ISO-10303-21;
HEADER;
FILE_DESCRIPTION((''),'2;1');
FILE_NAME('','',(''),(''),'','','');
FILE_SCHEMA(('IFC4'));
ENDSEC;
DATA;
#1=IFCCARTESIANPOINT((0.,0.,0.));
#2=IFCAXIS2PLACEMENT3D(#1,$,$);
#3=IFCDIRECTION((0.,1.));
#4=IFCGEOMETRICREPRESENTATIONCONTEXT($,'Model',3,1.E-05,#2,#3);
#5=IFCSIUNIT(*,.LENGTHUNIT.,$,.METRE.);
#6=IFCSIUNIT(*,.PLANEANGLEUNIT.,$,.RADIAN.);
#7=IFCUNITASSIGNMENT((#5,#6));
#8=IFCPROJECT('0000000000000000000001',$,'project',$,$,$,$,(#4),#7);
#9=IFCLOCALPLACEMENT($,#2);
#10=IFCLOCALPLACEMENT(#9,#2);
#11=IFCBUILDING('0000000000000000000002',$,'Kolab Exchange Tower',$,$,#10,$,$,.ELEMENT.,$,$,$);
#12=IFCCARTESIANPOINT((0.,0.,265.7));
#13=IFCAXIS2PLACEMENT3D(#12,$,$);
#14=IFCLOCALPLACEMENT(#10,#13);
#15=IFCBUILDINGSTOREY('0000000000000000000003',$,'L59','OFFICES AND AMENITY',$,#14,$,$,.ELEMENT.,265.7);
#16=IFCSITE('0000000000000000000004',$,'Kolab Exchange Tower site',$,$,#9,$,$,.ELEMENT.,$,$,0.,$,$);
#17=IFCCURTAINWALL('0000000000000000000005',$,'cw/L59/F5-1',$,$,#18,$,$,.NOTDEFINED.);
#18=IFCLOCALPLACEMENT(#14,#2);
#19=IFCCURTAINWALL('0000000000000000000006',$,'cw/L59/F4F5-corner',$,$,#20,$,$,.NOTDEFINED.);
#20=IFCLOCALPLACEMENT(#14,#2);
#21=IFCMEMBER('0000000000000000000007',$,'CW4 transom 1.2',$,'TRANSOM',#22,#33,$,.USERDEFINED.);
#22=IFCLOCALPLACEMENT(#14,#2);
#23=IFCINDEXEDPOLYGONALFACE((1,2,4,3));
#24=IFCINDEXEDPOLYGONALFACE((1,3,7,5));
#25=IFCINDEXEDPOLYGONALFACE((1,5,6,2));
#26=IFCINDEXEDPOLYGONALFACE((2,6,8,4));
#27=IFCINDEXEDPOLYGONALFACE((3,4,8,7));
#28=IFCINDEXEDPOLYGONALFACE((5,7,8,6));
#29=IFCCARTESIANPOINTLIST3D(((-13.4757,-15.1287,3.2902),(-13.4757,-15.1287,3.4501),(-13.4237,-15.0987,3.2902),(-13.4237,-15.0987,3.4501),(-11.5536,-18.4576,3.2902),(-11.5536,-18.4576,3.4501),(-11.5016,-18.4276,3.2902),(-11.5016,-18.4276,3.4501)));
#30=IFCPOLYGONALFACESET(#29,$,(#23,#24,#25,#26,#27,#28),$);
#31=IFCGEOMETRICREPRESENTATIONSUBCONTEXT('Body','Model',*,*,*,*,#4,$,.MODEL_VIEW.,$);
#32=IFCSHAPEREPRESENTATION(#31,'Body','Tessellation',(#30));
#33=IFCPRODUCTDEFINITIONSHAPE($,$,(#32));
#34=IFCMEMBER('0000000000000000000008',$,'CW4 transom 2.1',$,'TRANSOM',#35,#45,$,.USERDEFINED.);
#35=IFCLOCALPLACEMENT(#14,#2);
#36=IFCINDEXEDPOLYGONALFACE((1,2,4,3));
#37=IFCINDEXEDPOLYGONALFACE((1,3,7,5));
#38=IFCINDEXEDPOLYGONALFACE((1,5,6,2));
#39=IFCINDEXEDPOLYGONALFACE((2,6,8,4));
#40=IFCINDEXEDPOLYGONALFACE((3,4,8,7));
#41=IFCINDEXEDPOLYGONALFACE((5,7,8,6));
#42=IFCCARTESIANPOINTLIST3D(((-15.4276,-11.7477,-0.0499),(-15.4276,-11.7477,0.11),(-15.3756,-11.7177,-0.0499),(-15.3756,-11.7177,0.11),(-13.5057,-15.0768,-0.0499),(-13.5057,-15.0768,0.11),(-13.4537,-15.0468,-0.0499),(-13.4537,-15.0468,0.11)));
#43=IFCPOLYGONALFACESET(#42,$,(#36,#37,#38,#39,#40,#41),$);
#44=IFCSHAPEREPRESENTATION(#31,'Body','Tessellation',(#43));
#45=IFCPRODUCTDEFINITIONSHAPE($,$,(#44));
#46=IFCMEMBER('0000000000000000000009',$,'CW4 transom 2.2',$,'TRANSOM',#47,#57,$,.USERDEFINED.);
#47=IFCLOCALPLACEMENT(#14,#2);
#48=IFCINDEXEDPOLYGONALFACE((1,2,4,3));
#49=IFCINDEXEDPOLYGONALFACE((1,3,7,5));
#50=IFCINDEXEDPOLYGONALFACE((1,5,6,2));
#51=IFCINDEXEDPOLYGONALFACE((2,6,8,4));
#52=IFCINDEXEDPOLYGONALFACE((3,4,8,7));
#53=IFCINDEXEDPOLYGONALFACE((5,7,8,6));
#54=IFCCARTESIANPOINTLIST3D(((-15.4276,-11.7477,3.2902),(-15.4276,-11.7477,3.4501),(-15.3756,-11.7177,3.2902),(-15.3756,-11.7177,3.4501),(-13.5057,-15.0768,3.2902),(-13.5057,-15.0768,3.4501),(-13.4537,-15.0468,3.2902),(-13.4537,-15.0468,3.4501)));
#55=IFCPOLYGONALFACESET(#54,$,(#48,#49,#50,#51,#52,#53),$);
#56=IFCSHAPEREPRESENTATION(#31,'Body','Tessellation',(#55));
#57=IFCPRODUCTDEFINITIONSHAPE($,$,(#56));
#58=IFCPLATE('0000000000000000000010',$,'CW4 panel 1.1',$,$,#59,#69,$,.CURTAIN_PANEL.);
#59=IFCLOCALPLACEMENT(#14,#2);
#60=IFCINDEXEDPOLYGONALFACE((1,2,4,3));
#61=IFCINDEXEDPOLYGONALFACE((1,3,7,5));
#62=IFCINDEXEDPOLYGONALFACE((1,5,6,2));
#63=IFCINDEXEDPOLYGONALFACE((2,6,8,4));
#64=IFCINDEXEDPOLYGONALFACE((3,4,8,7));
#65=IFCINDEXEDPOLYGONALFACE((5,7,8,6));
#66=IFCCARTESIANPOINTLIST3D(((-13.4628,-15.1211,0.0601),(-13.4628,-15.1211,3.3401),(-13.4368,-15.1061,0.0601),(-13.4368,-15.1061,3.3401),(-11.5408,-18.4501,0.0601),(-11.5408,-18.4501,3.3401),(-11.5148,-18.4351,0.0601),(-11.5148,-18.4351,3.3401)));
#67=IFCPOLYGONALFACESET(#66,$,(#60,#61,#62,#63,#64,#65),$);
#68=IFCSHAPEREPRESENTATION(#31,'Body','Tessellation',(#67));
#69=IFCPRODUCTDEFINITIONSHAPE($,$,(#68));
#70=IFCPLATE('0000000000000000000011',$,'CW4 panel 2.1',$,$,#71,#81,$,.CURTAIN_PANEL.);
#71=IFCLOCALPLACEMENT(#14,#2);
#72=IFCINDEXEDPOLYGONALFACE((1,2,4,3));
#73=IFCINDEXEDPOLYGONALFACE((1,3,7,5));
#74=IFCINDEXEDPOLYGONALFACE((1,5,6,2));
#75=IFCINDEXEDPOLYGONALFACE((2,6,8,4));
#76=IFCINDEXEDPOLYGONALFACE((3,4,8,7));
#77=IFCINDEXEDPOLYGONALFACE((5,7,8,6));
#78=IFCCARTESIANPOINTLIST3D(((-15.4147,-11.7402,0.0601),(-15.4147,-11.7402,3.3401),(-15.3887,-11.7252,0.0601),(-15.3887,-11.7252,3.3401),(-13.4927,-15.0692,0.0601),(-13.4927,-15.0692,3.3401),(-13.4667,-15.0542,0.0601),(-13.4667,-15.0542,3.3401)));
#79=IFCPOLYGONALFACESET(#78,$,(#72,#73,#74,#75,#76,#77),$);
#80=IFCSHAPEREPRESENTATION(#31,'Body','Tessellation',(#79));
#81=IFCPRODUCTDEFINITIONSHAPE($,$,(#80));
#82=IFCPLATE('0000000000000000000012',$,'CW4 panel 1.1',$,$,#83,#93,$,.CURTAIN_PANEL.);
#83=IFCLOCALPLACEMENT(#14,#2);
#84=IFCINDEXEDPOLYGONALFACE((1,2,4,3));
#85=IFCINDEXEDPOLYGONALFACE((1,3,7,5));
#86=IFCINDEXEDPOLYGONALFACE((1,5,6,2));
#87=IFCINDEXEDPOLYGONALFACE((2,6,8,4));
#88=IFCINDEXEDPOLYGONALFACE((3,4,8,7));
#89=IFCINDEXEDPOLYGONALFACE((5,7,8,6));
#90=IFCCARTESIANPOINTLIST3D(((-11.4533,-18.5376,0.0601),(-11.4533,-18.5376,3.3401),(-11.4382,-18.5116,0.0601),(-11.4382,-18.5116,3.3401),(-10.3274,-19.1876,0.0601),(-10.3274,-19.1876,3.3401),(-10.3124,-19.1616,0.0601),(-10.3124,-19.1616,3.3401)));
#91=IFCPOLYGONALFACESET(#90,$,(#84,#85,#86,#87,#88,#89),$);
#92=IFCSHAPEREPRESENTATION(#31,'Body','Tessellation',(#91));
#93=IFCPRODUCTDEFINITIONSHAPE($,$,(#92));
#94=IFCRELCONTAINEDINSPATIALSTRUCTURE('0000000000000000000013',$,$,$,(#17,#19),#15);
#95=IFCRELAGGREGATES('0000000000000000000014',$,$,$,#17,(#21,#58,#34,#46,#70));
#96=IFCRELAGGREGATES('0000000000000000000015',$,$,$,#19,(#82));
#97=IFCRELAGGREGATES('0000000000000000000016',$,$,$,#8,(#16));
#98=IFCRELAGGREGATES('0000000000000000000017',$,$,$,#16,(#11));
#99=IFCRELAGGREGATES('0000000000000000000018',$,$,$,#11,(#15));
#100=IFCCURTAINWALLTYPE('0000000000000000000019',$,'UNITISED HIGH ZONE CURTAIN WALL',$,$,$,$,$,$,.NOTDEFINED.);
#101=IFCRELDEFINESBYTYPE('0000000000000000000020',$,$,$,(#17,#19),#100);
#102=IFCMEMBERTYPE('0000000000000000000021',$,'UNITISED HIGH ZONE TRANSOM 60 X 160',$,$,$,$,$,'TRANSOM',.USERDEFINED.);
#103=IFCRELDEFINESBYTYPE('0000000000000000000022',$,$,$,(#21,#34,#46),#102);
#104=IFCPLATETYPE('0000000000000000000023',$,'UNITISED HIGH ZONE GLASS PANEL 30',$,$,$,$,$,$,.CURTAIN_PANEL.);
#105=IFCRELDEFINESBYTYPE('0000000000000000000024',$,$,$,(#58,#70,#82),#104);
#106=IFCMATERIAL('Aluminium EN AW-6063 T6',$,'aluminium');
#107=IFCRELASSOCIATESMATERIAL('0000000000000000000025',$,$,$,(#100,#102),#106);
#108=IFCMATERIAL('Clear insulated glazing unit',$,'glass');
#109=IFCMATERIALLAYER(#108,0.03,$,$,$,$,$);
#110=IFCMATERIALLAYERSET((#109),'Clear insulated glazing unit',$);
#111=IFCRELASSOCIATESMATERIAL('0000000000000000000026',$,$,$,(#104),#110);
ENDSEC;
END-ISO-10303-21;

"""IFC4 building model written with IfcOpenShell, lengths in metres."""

from ifc_helpers import new_model, si_unit, direction, frame, origin, origin_2d, place, context, subcontext, project, spatial, rectangle, extrude, material, layer, layer_set, material_profile, profile_set, type_object, element, aggregate, save


model = new_model("IFC4")

# Units and contexts
model_context = context("Model", 3, precision=1e-05, world=origin(), true_north=direction((0.0, 1.0)))
body_context = subcontext(model_context, "Body", "Model", "MODEL_VIEW")
ifc_project = project(units=[si_unit("LENGTHUNIT", "METRE"), si_unit("PLANEANGLEUNIT", "RADIAN")], contexts=[model_context])

# Site, building, storey
site_placement = place(None, origin())
site = spatial("IfcSite", under=ifc_project, at=site_placement, Name="Kolab Exchange Tower site", CompositionType="ELEMENT", RefElevation=0.0)
building_placement = place(site_placement, origin())
building = spatial("IfcBuilding", under=site, at=building_placement, Name="Kolab Exchange Tower", CompositionType="ELEMENT")
storey_placement = place(building_placement, frame((0.0, 0.0, 265.7)))
storey = spatial("IfcBuildingStorey", under=building, at=storey_placement, Name="L59", Description="OFFICES AND AMENITY", CompositionType="ELEMENT", Elevation=265.7)

# Curtain wall
ifc_material_1 = material(Name="Aluminium EN AW-6063 T6", Category="aluminium")
curtain_wall_type = type_object("IfcCurtainWallType", Name="UNITISED HIGH ZONE CURTAIN WALL", PredefinedType="NOTDEFINED", material=ifc_material_1)
curtain_wall_1_placement = place(storey_placement, origin())
curtain_wall_1 = element("IfcCurtainWall", 1, at=curtain_wall_1_placement, inside=storey, type_object=curtain_wall_type, Name="cw/L59/F5-1", PredefinedType="NOTDEFINED")

# Curtain wall
curtain_wall_2_placement = place(storey_placement, origin())
curtain_wall_2 = element("IfcCurtainWall", 2, at=curtain_wall_2_placement, inside=storey, type_object=curtain_wall_type, Name="cw/L59/F4F5-corner", PredefinedType="NOTDEFINED")

# Members
ifc_material_profile_1 = material_profile(ifc_material_1, rectangle(XDim=0.0601, YDim=0.1599, at=origin_2d()), Name="RECT 60X160")
ifc_profile_set_1 = profile_set([ifc_material_profile_1], Name="Aluminium EN AW-6063 T6")
member_type_1 = type_object("IfcMemberType", Name="UNITISED HIGH ZONE TRANSOM 60 X 160", ElementType="TRANSOM", PredefinedType="USERDEFINED", material=ifc_profile_set_1)
member_1_placement = place(storey_placement, frame((-11.5276, -18.4426, 3.3701), z_axis=(-0.500039, 0.866003, 0.0), x_axis=(-0.866003, -0.500039, 0.0)))
member_1 = element("IfcMember", 3, at=member_1_placement, type_object=member_type_1, Name="CW4 transom 1.2", ObjectType="TRANSOM", PredefinedType="USERDEFINED", context=body_context, shape_type="SweptSolid", body=[
    extrude(rectangle(XDim=0.0601, YDim=0.1599, at=origin_2d()), origin(), (0.0, 0.0, 1.0), 3.844),
])
member_2_placement = place(storey_placement, frame((-13.4797, -15.0618, 0.03), z_axis=(-0.499964, 0.866046, 0.0), x_axis=(-0.866046, -0.499964, 0.0)))
member_2 = element("IfcMember", 4, at=member_2_placement, type_object=member_type_1, Name="CW4 transom 2.1", ObjectType="TRANSOM", PredefinedType="USERDEFINED", context=body_context, shape_type="SweptSolid", body=[
    extrude(rectangle(XDim=0.0601, YDim=0.1599, at=origin_2d()), origin(), (0.0, 0.0, 1.0), 3.844),
])
member_3_placement = place(storey_placement, frame((-13.4797, -15.0618, 3.3701), z_axis=(-0.499964, 0.866046, 0.0), x_axis=(-0.866046, -0.499964, 0.0)))
member_3 = element("IfcMember", 5, at=member_3_placement, type_object=member_type_1, Name="CW4 transom 2.2", ObjectType="TRANSOM", PredefinedType="USERDEFINED", context=body_context, shape_type="SweptSolid", body=[
    extrude(rectangle(XDim=0.0601, YDim=0.1599, at=origin_2d()), origin(), (0.0, 0.0, 1.0), 3.844),
])

# Plates
ifc_material_2 = material(Name="Clear insulated glazing unit", Category="glass")
ifc_layer_1 = layer(ifc_material_2, 0.03)
ifc_layer_set_1 = layer_set([ifc_layer_1], Name="Clear insulated glazing unit")
plate_type = type_object("IfcPlateType", Name="UNITISED HIGH ZONE GLASS PANEL 30", PredefinedType="CURTAIN_PANEL", material=ifc_layer_set_1)
plate_1_placement = place(storey_placement, frame((-12.4888, -16.7781, 0.0601), z_axis=(0.0, 0.0, 1.0), x_axis=(-0.5, 0.866025, 0.0)))
plate_1 = element("IfcPlate", 6, at=plate_1_placement, type_object=plate_type, Name="CW4 panel 1.1", PredefinedType="CURTAIN_PANEL", context=body_context, shape_type="SweptSolid", body=[
    extrude(rectangle(XDim=3.844, YDim=0.03, at=origin_2d()), origin(), (0.0, 0.0, 1.0), 3.28),
])
plate_2_placement = place(storey_placement, frame((-14.4407, -13.3972, 0.0601), z_axis=(0.0, 0.0, 1.0), x_axis=(-0.5, 0.866025, 0.0)))
plate_2 = element("IfcPlate", 7, at=plate_2_placement, type_object=plate_type, Name="CW4 panel 2.1", PredefinedType="CURTAIN_PANEL", context=body_context, shape_type="SweptSolid", body=[
    extrude(rectangle(XDim=3.844, YDim=0.03, at=origin_2d()), origin(), (0.0, 0.0, 1.0), 3.28),
])
aggregate(curtain_wall_1, [member_1, plate_1, member_2, member_3, plate_2])
plate_3_placement = place(storey_placement, frame((-10.8828, -18.8496, 0.0601), z_axis=(0.0, 0.0, 1.0), x_axis=(-0.866025, 0.5, 0.0)))
plate_3 = element("IfcPlate", 8, at=plate_3_placement, type_object=plate_type, Name="CW4 panel 1.1", PredefinedType="CURTAIN_PANEL", context=body_context, shape_type="SweptSolid", body=[
    extrude(rectangle(XDim=1.3, YDim=0.03, at=origin_2d()), origin(), (0.0, 0.0, 1.0), 3.28),
])
aggregate(curtain_wall_2, [plate_3])

save(model, "model.ifc")
